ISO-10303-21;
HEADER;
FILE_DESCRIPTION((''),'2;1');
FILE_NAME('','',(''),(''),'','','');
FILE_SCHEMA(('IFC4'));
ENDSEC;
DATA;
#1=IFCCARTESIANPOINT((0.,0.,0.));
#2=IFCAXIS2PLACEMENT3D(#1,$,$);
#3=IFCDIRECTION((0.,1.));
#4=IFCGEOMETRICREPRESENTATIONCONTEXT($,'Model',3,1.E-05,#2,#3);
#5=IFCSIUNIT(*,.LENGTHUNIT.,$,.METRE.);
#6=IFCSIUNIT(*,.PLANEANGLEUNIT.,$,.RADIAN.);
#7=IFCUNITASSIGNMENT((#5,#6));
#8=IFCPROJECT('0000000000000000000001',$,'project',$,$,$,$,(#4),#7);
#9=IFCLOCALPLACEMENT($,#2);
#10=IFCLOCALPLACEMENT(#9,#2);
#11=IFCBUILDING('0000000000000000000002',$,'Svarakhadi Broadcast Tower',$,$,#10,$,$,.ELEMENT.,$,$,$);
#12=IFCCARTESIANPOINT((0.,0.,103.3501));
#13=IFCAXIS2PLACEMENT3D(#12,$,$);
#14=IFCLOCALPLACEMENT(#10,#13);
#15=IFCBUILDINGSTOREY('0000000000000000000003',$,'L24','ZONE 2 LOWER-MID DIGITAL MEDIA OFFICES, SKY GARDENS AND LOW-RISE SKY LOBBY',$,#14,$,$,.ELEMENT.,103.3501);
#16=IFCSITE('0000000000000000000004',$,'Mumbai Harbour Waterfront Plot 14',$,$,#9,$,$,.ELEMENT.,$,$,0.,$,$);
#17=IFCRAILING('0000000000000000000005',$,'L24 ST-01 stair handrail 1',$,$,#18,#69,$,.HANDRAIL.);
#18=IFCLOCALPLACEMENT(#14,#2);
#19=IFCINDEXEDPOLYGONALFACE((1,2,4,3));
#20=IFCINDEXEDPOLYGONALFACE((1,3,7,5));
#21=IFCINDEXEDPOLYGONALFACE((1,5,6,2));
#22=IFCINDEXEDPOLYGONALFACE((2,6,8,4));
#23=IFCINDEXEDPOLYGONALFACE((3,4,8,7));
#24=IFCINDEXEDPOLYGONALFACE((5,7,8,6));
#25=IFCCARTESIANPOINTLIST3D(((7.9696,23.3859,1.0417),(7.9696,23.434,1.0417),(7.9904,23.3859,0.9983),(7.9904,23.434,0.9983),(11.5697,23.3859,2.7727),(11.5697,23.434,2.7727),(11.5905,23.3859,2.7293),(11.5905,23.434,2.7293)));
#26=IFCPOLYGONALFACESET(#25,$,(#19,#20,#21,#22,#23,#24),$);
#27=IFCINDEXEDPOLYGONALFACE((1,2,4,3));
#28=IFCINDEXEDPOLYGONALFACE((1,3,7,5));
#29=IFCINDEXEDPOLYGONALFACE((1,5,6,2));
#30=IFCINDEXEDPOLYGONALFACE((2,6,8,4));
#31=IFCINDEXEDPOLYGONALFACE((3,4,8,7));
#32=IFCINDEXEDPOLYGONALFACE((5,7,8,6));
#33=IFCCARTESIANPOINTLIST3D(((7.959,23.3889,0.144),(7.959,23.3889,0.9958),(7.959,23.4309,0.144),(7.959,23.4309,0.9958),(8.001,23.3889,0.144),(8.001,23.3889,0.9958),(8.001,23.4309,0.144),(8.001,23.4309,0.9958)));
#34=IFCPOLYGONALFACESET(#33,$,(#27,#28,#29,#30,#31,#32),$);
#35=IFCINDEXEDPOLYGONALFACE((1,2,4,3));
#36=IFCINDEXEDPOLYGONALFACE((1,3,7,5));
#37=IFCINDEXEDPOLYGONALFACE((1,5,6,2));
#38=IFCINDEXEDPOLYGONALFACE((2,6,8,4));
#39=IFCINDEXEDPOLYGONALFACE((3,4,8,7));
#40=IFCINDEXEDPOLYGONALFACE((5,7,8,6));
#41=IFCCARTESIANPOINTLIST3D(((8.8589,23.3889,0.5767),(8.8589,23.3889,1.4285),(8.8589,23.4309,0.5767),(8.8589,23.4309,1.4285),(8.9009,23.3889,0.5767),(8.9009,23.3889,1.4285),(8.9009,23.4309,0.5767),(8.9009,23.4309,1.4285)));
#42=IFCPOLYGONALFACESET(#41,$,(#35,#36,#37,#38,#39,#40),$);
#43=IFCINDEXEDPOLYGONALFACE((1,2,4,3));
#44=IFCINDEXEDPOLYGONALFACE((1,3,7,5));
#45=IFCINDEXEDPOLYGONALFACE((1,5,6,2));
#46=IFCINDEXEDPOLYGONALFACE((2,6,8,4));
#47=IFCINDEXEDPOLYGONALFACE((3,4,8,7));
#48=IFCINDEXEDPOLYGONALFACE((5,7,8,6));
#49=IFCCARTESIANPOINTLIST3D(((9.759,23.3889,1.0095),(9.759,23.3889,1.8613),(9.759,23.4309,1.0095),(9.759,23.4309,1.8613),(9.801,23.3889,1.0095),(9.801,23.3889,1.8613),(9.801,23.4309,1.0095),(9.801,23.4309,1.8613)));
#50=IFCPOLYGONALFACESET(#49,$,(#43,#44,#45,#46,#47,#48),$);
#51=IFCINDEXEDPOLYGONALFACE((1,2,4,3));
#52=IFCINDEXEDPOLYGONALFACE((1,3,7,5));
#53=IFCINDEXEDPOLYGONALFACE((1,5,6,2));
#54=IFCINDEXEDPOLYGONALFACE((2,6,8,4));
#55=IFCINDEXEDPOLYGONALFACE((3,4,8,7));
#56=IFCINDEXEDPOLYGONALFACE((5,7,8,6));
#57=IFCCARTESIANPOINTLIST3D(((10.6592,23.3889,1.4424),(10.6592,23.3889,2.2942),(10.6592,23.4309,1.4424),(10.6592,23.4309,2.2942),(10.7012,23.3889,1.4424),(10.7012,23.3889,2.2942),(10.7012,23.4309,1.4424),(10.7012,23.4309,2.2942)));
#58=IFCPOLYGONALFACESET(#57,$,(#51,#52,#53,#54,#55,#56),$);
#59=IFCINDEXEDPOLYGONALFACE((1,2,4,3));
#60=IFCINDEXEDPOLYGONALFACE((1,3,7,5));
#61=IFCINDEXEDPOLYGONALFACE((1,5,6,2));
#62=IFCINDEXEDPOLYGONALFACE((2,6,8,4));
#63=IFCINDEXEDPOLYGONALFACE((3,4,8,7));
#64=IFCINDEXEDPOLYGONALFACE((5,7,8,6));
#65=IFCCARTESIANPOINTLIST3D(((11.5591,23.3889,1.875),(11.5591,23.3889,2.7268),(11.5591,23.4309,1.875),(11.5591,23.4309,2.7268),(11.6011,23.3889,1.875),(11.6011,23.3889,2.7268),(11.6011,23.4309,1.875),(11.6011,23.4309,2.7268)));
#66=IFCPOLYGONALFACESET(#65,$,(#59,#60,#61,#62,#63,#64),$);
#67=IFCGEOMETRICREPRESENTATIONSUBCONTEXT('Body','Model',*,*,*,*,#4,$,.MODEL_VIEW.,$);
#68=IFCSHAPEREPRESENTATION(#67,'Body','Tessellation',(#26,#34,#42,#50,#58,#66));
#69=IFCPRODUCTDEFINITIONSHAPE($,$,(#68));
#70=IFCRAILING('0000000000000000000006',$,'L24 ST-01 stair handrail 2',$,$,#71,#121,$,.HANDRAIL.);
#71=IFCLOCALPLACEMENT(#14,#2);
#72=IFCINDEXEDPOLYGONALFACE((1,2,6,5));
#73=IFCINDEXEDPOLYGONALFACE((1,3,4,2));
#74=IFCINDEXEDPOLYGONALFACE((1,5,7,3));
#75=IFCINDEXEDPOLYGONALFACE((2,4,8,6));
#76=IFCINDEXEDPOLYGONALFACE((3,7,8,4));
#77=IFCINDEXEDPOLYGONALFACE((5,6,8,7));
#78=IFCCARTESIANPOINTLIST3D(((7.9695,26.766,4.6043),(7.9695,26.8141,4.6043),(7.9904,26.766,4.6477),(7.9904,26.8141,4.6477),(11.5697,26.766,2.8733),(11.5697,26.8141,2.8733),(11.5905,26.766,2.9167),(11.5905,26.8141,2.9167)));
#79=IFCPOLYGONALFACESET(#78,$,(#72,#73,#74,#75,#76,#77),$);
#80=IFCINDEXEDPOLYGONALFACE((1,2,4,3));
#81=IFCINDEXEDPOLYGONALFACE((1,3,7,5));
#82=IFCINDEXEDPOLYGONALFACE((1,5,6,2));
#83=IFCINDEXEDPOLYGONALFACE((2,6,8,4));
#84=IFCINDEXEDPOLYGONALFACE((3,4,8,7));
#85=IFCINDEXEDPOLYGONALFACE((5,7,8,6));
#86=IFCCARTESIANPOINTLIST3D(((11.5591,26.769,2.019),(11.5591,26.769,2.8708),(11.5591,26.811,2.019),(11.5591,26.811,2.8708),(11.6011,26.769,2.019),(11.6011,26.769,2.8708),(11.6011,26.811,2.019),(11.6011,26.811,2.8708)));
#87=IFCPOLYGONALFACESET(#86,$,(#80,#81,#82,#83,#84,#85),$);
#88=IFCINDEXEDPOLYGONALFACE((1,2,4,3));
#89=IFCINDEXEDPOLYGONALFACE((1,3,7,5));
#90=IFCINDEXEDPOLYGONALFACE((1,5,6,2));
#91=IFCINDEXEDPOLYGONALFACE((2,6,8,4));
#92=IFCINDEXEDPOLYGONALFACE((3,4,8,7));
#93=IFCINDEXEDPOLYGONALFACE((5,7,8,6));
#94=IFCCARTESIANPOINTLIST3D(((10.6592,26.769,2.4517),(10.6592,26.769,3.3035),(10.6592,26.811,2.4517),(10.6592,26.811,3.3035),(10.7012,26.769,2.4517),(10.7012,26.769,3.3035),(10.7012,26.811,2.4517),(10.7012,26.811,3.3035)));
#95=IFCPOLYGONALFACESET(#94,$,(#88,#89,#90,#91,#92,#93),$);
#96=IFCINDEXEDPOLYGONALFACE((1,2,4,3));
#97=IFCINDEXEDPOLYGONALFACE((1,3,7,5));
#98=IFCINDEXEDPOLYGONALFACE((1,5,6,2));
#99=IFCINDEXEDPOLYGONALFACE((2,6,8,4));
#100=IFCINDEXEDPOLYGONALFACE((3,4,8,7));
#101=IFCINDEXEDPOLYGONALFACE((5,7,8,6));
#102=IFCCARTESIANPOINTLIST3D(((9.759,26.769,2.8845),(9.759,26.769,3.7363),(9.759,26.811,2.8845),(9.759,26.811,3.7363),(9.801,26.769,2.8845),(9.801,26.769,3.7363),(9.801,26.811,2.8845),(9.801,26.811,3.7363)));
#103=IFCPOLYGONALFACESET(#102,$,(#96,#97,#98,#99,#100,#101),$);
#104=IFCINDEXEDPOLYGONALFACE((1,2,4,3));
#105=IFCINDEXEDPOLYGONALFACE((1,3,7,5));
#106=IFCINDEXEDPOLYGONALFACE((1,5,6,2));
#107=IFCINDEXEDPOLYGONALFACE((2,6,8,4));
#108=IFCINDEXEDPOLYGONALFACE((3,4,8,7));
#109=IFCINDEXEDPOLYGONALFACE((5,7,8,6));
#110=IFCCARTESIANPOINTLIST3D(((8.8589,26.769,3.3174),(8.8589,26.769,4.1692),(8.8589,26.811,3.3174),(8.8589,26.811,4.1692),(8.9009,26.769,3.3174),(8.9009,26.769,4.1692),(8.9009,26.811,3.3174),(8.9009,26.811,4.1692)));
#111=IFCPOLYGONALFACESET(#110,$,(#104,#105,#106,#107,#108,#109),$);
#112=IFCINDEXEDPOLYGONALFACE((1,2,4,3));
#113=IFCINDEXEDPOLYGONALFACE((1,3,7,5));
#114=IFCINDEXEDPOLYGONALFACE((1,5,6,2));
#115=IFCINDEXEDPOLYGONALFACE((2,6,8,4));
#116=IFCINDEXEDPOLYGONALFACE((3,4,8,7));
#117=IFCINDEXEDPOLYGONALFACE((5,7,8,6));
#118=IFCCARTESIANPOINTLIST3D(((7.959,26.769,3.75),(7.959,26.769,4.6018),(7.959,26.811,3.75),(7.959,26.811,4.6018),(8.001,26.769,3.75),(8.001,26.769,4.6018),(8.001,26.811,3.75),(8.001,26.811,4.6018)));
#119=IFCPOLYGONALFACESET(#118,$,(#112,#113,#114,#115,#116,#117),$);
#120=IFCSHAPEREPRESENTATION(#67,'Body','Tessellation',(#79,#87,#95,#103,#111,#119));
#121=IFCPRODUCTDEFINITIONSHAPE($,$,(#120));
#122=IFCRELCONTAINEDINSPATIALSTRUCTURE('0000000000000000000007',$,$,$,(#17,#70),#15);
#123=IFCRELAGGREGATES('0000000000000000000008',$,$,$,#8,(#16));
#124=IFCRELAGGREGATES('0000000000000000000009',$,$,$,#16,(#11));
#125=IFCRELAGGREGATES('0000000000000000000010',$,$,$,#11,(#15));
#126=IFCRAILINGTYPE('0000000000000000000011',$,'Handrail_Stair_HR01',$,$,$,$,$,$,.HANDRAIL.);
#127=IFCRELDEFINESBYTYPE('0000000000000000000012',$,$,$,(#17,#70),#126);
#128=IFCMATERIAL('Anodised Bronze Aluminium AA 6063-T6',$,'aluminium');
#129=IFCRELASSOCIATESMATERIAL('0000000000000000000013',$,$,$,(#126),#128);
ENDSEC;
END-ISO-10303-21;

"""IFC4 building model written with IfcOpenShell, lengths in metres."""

from ifc_helpers import new_model, si_unit, direction, frame, origin, origin_2d, place, context, subcontext, project, spatial, rectangle, extrude, material, type_object, element, save


model = new_model("IFC4")

# Units and contexts
model_context = context("Model", 3, precision=1e-05, world=origin(), true_north=direction((0.0, 1.0)))
body_context = subcontext(model_context, "Body", "Model", "MODEL_VIEW")
ifc_project = project(units=[si_unit("LENGTHUNIT", "METRE"), si_unit("PLANEANGLEUNIT", "RADIAN")], contexts=[model_context])

# Site, building, storey
site_placement = place(None, origin())
site = spatial("IfcSite", under=ifc_project, at=site_placement, Name="Mumbai Harbour Waterfront Plot 14", CompositionType="ELEMENT", RefElevation=0.0)
building_placement = place(site_placement, origin())
building = spatial("IfcBuilding", under=site, at=building_placement, Name="Svarakhadi Broadcast Tower", CompositionType="ELEMENT")
storey_placement = place(building_placement, frame((0.0, 0.0, 103.3501)))
storey = spatial("IfcBuildingStorey", under=building, at=storey_placement, Name="L24", Description="ZONE 2 LOWER-MID DIGITAL MEDIA OFFICES, SKY GARDENS AND LOW-RISE SKY LOBBY", CompositionType="ELEMENT", Elevation=103.3501)

# Railings
ifc_material_1 = material(Name="Anodised Bronze Aluminium AA 6063-T6", Category="aluminium")
railing_type_1 = type_object("IfcRailingType", Name="Handrail_Stair_HR01", PredefinedType="HANDRAIL", material=ifc_material_1)
railing_1_placement = place(storey_placement, frame((7.98, 23.4099, 0.144)))
element("IfcRailing", 1, at=railing_1_placement, inside=storey, type_object=railing_type_1, Name="L24 ST-01 stair handrail 1", PredefinedType="HANDRAIL", context=body_context, shape_type="SweptSolid", body=[
    extrude(rectangle(XDim=0.0481, YDim=0.0481, at=origin_2d()), frame((0.0, 0.0, 0.876), z_axis=(0.901239, 0.0, 0.433323), x_axis=(0.0, 1.0, 0.0)), (0.0, 0.0, 1.0), 3.9946),
    extrude(rectangle(XDim=0.042, YDim=0.042, at=origin_2d()), origin(), (0.0, 0.0, 1.0), 0.8518),
    extrude(rectangle(XDim=0.042, YDim=0.042, at=origin_2d()), frame((0.8999, 0.0, 0.4326)), (0.0, 0.0, 1.0), 0.8518),
    extrude(rectangle(XDim=0.042, YDim=0.042, at=origin_2d()), frame((1.8, 0.0, 0.8655)), (0.0, 0.0, 1.0), 0.8518),
    extrude(rectangle(XDim=0.042, YDim=0.042, at=origin_2d()), frame((2.7002, 0.0, 1.2983)), (0.0, 0.0, 1.0), 0.8518),
    extrude(rectangle(XDim=0.042, YDim=0.042, at=origin_2d()), frame((3.6001, 0.0, 1.731)), (0.0, 0.0, 1.0), 0.8518),
])
railing_2_placement = place(storey_placement, frame((11.5801, 26.79, 2.019)))
element("IfcRailing", 2, at=railing_2_placement, inside=storey, type_object=railing_type_1, Name="L24 ST-01 stair handrail 2", PredefinedType="HANDRAIL", context=body_context, shape_type="SweptSolid", body=[
    extrude(rectangle(XDim=0.0481, YDim=0.0481, at=origin_2d()), frame((0.0, 0.0, 0.876), z_axis=(-0.901239, 0.0, 0.433323), x_axis=(0.0, -1.0, 0.0)), (0.0, 0.0, 1.0), 3.9946),
    extrude(rectangle(XDim=0.042, YDim=0.042, at=origin_2d()), origin(), (0.0, 0.0, 1.0), 0.8518),
    extrude(rectangle(XDim=0.042, YDim=0.042, at=origin_2d()), frame((-0.8999, 0.0, 0.4326)), (0.0, 0.0, 1.0), 0.8518),
    extrude(rectangle(XDim=0.042, YDim=0.042, at=origin_2d()), frame((-1.8, 0.0, 0.8655)), (0.0, 0.0, 1.0), 0.8518),
    extrude(rectangle(XDim=0.042, YDim=0.042, at=origin_2d()), frame((-2.7002, 0.0, 1.2983)), (0.0, 0.0, 1.0), 0.8518),
    extrude(rectangle(XDim=0.042, YDim=0.042, at=origin_2d()), frame((-3.6001, 0.0, 1.731)), (0.0, 0.0, 1.0), 0.8518),
])

save(model, "model.ifc")
